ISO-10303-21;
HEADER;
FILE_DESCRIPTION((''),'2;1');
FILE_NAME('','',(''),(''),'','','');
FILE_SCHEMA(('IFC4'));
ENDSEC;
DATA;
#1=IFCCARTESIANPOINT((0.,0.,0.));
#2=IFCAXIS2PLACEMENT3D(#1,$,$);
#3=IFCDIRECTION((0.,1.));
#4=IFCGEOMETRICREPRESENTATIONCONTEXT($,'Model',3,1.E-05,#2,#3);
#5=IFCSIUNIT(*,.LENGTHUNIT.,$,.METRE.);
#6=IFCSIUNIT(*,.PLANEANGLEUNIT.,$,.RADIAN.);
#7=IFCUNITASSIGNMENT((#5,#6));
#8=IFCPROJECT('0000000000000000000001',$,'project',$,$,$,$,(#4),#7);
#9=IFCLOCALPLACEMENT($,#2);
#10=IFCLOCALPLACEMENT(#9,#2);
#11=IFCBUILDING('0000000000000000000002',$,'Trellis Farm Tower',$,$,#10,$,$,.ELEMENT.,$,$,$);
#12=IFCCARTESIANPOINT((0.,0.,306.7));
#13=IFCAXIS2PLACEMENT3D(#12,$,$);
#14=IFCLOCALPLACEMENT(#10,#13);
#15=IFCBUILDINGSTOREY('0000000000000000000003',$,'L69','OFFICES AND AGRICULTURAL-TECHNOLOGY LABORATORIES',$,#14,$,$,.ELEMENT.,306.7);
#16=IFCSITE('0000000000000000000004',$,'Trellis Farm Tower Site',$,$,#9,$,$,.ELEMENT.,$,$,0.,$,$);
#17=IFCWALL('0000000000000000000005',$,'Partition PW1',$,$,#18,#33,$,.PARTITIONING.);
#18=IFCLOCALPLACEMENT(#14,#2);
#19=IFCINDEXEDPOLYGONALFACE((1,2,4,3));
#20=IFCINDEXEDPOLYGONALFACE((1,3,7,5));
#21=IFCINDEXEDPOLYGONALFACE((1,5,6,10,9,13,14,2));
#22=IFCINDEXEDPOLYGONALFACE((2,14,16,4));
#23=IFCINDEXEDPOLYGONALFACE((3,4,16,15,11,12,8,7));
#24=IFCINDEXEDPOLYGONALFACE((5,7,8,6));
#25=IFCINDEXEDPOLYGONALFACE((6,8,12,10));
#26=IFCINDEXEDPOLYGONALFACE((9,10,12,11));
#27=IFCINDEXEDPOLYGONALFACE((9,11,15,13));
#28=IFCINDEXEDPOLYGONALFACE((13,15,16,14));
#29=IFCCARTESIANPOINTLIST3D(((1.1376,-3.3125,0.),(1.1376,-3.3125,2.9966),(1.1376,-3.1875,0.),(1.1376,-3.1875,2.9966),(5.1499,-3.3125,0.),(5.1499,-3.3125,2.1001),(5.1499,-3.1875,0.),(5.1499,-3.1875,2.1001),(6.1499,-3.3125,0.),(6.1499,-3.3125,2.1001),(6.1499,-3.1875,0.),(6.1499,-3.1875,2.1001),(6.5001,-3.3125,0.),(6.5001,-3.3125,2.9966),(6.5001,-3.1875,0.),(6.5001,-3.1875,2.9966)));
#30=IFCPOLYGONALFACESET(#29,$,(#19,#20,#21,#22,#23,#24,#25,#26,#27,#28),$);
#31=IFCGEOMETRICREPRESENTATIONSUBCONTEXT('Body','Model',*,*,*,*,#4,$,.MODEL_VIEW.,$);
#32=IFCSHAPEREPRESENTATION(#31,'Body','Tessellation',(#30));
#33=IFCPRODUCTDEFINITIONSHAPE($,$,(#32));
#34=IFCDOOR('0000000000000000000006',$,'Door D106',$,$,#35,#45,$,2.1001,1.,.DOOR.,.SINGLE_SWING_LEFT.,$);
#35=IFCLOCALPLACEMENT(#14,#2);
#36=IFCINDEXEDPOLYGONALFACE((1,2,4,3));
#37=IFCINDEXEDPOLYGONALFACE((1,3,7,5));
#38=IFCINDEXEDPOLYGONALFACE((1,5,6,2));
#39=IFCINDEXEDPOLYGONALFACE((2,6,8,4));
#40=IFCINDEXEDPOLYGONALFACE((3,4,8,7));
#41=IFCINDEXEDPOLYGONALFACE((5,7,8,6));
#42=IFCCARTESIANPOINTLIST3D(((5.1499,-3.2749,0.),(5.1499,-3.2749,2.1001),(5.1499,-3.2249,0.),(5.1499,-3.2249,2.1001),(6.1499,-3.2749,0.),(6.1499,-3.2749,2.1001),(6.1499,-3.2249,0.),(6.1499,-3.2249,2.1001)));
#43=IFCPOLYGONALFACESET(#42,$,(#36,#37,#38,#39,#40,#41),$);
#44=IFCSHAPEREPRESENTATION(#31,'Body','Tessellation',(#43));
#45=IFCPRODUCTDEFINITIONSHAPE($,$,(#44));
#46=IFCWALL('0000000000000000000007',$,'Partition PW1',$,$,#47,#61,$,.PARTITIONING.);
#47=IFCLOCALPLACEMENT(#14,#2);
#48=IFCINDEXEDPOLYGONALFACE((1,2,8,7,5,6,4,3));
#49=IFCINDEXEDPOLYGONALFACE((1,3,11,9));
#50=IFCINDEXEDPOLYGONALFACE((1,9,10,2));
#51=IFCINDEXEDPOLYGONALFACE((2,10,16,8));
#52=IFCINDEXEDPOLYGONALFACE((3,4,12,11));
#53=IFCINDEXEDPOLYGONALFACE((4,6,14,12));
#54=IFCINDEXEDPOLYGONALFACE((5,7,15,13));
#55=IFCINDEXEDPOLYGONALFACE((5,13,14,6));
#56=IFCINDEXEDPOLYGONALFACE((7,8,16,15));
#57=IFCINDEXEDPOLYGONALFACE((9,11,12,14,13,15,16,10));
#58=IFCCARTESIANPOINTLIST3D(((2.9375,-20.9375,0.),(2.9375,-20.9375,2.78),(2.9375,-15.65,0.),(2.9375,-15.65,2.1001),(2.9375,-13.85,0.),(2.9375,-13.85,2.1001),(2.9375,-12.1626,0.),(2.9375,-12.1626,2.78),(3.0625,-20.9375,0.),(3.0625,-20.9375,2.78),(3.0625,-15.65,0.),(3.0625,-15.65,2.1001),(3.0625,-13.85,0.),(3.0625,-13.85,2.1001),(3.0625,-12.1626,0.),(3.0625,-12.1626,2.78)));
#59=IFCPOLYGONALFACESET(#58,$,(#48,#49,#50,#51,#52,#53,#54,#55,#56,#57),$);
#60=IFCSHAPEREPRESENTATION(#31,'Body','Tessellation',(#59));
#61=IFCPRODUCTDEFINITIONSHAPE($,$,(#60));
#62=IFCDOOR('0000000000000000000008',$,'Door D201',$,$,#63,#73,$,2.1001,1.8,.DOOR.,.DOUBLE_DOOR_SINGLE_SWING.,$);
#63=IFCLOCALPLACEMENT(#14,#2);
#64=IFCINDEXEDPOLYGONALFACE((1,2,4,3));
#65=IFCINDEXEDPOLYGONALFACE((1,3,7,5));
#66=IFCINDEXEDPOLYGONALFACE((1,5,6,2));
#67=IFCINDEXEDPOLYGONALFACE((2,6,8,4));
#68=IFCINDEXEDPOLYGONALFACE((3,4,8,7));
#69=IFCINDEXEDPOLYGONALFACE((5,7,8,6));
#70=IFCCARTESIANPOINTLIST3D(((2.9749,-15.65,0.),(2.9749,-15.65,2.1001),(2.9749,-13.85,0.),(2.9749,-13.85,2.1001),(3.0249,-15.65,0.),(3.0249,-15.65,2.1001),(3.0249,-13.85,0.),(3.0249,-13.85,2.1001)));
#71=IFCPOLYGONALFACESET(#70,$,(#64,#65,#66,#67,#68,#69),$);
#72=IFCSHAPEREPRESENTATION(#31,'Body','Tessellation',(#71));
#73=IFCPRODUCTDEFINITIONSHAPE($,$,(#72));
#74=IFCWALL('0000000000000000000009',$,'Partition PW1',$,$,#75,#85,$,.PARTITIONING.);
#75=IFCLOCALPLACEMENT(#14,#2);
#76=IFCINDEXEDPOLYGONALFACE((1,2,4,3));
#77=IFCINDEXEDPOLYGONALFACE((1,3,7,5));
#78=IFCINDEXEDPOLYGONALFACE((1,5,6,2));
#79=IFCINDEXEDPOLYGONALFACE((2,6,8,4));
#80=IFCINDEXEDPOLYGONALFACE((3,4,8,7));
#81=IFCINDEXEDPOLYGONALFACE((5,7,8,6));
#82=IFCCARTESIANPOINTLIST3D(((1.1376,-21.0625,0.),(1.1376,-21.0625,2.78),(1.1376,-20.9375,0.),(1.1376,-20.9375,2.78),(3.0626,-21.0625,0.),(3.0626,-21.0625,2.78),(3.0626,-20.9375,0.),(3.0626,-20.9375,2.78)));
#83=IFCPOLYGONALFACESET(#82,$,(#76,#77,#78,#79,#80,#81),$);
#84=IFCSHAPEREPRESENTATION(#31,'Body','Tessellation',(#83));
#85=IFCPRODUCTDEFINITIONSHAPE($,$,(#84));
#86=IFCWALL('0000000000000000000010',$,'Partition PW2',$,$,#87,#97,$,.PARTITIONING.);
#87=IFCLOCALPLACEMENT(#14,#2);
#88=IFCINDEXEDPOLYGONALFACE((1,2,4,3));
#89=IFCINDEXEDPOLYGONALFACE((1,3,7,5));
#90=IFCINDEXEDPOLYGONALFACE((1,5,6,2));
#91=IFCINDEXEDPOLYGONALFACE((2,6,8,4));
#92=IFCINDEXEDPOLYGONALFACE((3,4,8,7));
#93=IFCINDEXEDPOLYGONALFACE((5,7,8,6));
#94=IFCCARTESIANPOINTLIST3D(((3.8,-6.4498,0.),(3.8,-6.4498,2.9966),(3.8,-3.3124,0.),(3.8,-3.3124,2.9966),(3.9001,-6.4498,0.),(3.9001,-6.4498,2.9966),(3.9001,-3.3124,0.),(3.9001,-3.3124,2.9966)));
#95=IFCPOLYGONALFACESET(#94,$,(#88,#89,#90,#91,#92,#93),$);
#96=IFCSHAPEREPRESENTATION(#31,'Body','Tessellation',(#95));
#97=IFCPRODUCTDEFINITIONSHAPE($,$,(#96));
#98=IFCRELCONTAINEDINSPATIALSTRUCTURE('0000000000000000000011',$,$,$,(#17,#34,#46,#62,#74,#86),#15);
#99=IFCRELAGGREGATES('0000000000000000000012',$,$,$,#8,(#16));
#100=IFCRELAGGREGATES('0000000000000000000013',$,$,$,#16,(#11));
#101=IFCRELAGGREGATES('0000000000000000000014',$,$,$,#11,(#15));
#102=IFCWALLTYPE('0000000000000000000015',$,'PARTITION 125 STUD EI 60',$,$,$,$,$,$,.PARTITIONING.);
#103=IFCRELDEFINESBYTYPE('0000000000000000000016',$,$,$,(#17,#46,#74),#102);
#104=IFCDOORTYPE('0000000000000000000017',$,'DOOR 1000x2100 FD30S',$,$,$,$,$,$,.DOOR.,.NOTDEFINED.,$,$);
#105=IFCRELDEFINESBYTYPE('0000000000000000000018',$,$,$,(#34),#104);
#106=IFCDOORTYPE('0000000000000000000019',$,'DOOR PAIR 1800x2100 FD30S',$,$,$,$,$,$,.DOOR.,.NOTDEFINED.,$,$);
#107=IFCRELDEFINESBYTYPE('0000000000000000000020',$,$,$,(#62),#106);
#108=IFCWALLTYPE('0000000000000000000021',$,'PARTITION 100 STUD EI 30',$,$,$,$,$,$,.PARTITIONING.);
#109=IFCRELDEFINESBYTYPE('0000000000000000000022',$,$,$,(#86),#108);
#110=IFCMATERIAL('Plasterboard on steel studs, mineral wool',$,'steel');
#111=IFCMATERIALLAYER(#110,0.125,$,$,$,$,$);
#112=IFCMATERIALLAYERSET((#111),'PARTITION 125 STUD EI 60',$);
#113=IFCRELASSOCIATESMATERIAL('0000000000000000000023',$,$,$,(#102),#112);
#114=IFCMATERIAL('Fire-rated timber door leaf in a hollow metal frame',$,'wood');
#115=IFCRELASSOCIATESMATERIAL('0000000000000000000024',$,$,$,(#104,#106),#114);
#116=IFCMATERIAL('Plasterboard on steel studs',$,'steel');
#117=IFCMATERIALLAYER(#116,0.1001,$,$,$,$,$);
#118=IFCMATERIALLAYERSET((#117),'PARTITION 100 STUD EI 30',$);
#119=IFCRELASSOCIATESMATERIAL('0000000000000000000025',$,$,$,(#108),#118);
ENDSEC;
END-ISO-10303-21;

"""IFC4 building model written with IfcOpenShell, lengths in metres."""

from ifc_helpers import new_model, si_unit, direction, frame, frame_2d, origin, place, context, subcontext, project, spatial, rectangle, extrude, source, transform, mapped, material, layer, layer_set, type_object, element, fill, save


model = new_model("IFC4")

# Units and contexts
model_context = context("Model", 3, precision=1e-05, world=origin(), true_north=direction((0.0, 1.0)))
body_context = subcontext(model_context, "Body", "Model", "MODEL_VIEW")
ifc_project = project(units=[si_unit("LENGTHUNIT", "METRE"), si_unit("PLANEANGLEUNIT", "RADIAN")], contexts=[model_context])

# Site, building, storey
site_placement = place(None, origin())
site = spatial("IfcSite", under=ifc_project, at=site_placement, Name="Trellis Farm Tower Site", CompositionType="ELEMENT", RefElevation=0.0)
building_placement = place(site_placement, origin())
building = spatial("IfcBuilding", under=site, at=building_placement, Name="Trellis Farm Tower", CompositionType="ELEMENT")
storey_placement = place(building_placement, frame((0.0, 0.0, 306.7)))
storey = spatial("IfcBuildingStorey", under=building, at=storey_placement, Name="L69", Description="OFFICES AND AGRICULTURAL-TECHNOLOGY LABORATORIES", CompositionType="ELEMENT", Elevation=306.7)

# Shared definitions
shared_shape_1 = source(origin(), body_context, "Body", "SweptSolid", [
    extrude(rectangle(XDim=1.0, YDim=2.1001, at=frame_2d((0.5, 1.05))), frame((0.0, 0.0249, 0.0), z_axis=(0.0, -1.0, 0.0), x_axis=(1.0, 0.0, 0.0)), (0.0, 0.0, 1.0), 0.05),
])

# Walls, openings, doors
ifc_material_1 = material(Name="Plasterboard on steel studs, mineral wool", Category="steel")
ifc_layer_1 = layer(ifc_material_1, 0.125)
ifc_layer_set_1 = layer_set([ifc_layer_1], Name="PARTITION 125 STUD EI 60")
wall_type_1 = type_object("IfcWallType", Name="PARTITION 125 STUD EI 60", PredefinedType="PARTITIONING", material=ifc_layer_set_1)
shared_shape_2 = source(origin(), body_context, "Body", "SweptSolid", [
    extrude(rectangle(XDim=5.3625, YDim=0.125, at=frame_2d((2.6812, 0.0))), origin(), (0.0, 0.0, 1.0), 2.9966),
])
wall_1_placement = place(storey_placement, frame((6.5, -3.25, 0.0), z_axis=(0.0, 0.0, 1.0), x_axis=(-1.0, 0.0, 0.0)))
wall_1 = element("IfcWall", 1, at=wall_1_placement, inside=storey, type_object=wall_type_1, Name="Partition PW1", PredefinedType="PARTITIONING", context=body_context, shape_type="MappedRepresentation", body=[
    mapped(shared_shape_2, transform((0.0, 0.0, 0.0))),
])
shared_shape_3 = source(origin(), body_context, "Body", "SweptSolid", [
    extrude(rectangle(XDim=1.0, YDim=2.1001, at=frame_2d((0.5, 1.05))), frame((0.0, 0.0725, 0.0), z_axis=(0.0, -1.0, 0.0), x_axis=(1.0, 0.0, 0.0)), (0.0, 0.0, 1.0), 0.145),
])
opening_1_placement = place(wall_1_placement, frame((0.3501, 0.0, 0.0)))
opening_1 = element("IfcOpeningElement", 2, at=opening_1_placement, cuts=wall_1, PredefinedType="OPENING", context=body_context, shape_type="MappedRepresentation", body=[
    mapped(shared_shape_3, transform((0.0, 0.0, 0.0))),
])
ifc_material_2 = material(Name="Fire-rated timber door leaf in a hollow metal frame", Category="wood")
door_type_1 = type_object("IfcDoorType", Name="DOOR 1000x2100 FD30S", OperationType="NOTDEFINED", PredefinedType="DOOR", material=ifc_material_2)
door_1_placement = place(opening_1_placement, origin())
door_1 = element("IfcDoor", 3, at=door_1_placement, inside=storey, type_object=door_type_1, Name="Door D106", OperationType="SINGLE_SWING_LEFT", OverallHeight=2.1001, OverallWidth=1.0, PredefinedType="DOOR", context=body_context, shape_type="MappedRepresentation", body=[
    mapped(shared_shape_1, transform((0.0, 0.0, 0.0))),
])
fill(opening_1, door_1)
shared_shape_4 = source(origin(), body_context, "Body", "SweptSolid", [
    extrude(rectangle(XDim=8.7749, YDim=0.125, at=frame_2d((4.3875, 0.0))), origin(), (0.0, 0.0, 1.0), 2.78),
])
wall_2_placement = place(storey_placement, frame((3.0, -12.1626, 0.0), z_axis=(0.0, 0.0, 1.0), x_axis=(0.0, -1.0, 0.0)))
wall_2 = element("IfcWall", 4, at=wall_2_placement, inside=storey, type_object=wall_type_1, Name="Partition PW1", PredefinedType="PARTITIONING", context=body_context, shape_type="MappedRepresentation", body=[
    mapped(shared_shape_4, transform((0.0, 0.0, 0.0))),
])
shared_shape_5 = source(origin(), body_context, "Body", "SweptSolid", [
    extrude(rectangle(XDim=1.8, YDim=2.1001, at=frame_2d((0.8999, 1.05))), frame((0.0, 0.0725, 0.0), z_axis=(0.0, -1.0, 0.0), x_axis=(1.0, 0.0, 0.0)), (0.0, 0.0, 1.0), 0.145),
])
opening_2_placement = place(wall_2_placement, frame((1.6875, 0.0, 0.0)))
opening_2 = element("IfcOpeningElement", 5, at=opening_2_placement, cuts=wall_2, PredefinedType="OPENING", context=body_context, shape_type="MappedRepresentation", body=[
    mapped(shared_shape_5, transform((0.0, 0.0, 0.0))),
])
door_type_2 = type_object("IfcDoorType", Name="DOOR PAIR 1800x2100 FD30S", OperationType="NOTDEFINED", PredefinedType="DOOR", material=ifc_material_2)
shared_shape_6 = source(origin(), body_context, "Body", "SweptSolid", [
    extrude(rectangle(XDim=1.8, YDim=2.1001, at=frame_2d((0.8999, 1.05))), frame((0.0, 0.0249, 0.0), z_axis=(0.0, -1.0, 0.0), x_axis=(1.0, 0.0, 0.0)), (0.0, 0.0, 1.0), 0.05),
])
door_2_placement = place(opening_2_placement, origin())
door_2 = element("IfcDoor", 6, at=door_2_placement, inside=storey, type_object=door_type_2, Name="Door D201", OperationType="DOUBLE_DOOR_SINGLE_SWING", OverallHeight=2.1001, OverallWidth=1.8, PredefinedType="DOOR", context=body_context, shape_type="MappedRepresentation", body=[
    mapped(shared_shape_6, transform((0.0, 0.0, 0.0))),
])
fill(opening_2, door_2)

# Walls
shared_shape_7 = source(origin(), body_context, "Body", "SweptSolid", [
    extrude(rectangle(XDim=1.925, YDim=0.125, at=frame_2d((0.9624, 0.0))), origin(), (0.0, 0.0, 1.0), 2.78),
])
wall_3_placement = place(storey_placement, frame((3.0625, -21.0, 0.0), z_axis=(0.0, 0.0, 1.0), x_axis=(-1.0, 0.0, 0.0)))
element("IfcWall", 7, at=wall_3_placement, inside=storey, type_object=wall_type_1, Name="Partition PW1", PredefinedType="PARTITIONING", context=body_context, shape_type="MappedRepresentation", body=[
    mapped(shared_shape_7, transform((0.0, 0.0, 0.0))),
])
ifc_material_3 = material(Name="Plasterboard on steel studs", Category="steel")
ifc_layer_2 = layer(ifc_material_3, 0.1001)
ifc_layer_set_2 = layer_set([ifc_layer_2], Name="PARTITION 100 STUD EI 30")
wall_type_2 = type_object("IfcWallType", Name="PARTITION 100 STUD EI 30", PredefinedType="PARTITIONING", material=ifc_layer_set_2)
shared_shape_8 = source(origin(), body_context, "Body", "SweptSolid", [
    extrude(rectangle(XDim=3.1375, YDim=0.1001, at=frame_2d((1.5688, 0.0))), origin(), (0.0, 0.0, 1.0), 2.9966),
])
wall_4_placement = place(storey_placement, frame((3.8501, -6.45, 0.0), z_axis=(0.0, 0.0, 1.0), x_axis=(0.0, 1.0, 0.0)))
element("IfcWall", 8, at=wall_4_placement, inside=storey, type_object=wall_type_2, Name="Partition PW2", PredefinedType="PARTITIONING", context=body_context, shape_type="MappedRepresentation", body=[
    mapped(shared_shape_8, transform((0.0, 0.0, 0.0))),
])

save(model, "model.ifc")
